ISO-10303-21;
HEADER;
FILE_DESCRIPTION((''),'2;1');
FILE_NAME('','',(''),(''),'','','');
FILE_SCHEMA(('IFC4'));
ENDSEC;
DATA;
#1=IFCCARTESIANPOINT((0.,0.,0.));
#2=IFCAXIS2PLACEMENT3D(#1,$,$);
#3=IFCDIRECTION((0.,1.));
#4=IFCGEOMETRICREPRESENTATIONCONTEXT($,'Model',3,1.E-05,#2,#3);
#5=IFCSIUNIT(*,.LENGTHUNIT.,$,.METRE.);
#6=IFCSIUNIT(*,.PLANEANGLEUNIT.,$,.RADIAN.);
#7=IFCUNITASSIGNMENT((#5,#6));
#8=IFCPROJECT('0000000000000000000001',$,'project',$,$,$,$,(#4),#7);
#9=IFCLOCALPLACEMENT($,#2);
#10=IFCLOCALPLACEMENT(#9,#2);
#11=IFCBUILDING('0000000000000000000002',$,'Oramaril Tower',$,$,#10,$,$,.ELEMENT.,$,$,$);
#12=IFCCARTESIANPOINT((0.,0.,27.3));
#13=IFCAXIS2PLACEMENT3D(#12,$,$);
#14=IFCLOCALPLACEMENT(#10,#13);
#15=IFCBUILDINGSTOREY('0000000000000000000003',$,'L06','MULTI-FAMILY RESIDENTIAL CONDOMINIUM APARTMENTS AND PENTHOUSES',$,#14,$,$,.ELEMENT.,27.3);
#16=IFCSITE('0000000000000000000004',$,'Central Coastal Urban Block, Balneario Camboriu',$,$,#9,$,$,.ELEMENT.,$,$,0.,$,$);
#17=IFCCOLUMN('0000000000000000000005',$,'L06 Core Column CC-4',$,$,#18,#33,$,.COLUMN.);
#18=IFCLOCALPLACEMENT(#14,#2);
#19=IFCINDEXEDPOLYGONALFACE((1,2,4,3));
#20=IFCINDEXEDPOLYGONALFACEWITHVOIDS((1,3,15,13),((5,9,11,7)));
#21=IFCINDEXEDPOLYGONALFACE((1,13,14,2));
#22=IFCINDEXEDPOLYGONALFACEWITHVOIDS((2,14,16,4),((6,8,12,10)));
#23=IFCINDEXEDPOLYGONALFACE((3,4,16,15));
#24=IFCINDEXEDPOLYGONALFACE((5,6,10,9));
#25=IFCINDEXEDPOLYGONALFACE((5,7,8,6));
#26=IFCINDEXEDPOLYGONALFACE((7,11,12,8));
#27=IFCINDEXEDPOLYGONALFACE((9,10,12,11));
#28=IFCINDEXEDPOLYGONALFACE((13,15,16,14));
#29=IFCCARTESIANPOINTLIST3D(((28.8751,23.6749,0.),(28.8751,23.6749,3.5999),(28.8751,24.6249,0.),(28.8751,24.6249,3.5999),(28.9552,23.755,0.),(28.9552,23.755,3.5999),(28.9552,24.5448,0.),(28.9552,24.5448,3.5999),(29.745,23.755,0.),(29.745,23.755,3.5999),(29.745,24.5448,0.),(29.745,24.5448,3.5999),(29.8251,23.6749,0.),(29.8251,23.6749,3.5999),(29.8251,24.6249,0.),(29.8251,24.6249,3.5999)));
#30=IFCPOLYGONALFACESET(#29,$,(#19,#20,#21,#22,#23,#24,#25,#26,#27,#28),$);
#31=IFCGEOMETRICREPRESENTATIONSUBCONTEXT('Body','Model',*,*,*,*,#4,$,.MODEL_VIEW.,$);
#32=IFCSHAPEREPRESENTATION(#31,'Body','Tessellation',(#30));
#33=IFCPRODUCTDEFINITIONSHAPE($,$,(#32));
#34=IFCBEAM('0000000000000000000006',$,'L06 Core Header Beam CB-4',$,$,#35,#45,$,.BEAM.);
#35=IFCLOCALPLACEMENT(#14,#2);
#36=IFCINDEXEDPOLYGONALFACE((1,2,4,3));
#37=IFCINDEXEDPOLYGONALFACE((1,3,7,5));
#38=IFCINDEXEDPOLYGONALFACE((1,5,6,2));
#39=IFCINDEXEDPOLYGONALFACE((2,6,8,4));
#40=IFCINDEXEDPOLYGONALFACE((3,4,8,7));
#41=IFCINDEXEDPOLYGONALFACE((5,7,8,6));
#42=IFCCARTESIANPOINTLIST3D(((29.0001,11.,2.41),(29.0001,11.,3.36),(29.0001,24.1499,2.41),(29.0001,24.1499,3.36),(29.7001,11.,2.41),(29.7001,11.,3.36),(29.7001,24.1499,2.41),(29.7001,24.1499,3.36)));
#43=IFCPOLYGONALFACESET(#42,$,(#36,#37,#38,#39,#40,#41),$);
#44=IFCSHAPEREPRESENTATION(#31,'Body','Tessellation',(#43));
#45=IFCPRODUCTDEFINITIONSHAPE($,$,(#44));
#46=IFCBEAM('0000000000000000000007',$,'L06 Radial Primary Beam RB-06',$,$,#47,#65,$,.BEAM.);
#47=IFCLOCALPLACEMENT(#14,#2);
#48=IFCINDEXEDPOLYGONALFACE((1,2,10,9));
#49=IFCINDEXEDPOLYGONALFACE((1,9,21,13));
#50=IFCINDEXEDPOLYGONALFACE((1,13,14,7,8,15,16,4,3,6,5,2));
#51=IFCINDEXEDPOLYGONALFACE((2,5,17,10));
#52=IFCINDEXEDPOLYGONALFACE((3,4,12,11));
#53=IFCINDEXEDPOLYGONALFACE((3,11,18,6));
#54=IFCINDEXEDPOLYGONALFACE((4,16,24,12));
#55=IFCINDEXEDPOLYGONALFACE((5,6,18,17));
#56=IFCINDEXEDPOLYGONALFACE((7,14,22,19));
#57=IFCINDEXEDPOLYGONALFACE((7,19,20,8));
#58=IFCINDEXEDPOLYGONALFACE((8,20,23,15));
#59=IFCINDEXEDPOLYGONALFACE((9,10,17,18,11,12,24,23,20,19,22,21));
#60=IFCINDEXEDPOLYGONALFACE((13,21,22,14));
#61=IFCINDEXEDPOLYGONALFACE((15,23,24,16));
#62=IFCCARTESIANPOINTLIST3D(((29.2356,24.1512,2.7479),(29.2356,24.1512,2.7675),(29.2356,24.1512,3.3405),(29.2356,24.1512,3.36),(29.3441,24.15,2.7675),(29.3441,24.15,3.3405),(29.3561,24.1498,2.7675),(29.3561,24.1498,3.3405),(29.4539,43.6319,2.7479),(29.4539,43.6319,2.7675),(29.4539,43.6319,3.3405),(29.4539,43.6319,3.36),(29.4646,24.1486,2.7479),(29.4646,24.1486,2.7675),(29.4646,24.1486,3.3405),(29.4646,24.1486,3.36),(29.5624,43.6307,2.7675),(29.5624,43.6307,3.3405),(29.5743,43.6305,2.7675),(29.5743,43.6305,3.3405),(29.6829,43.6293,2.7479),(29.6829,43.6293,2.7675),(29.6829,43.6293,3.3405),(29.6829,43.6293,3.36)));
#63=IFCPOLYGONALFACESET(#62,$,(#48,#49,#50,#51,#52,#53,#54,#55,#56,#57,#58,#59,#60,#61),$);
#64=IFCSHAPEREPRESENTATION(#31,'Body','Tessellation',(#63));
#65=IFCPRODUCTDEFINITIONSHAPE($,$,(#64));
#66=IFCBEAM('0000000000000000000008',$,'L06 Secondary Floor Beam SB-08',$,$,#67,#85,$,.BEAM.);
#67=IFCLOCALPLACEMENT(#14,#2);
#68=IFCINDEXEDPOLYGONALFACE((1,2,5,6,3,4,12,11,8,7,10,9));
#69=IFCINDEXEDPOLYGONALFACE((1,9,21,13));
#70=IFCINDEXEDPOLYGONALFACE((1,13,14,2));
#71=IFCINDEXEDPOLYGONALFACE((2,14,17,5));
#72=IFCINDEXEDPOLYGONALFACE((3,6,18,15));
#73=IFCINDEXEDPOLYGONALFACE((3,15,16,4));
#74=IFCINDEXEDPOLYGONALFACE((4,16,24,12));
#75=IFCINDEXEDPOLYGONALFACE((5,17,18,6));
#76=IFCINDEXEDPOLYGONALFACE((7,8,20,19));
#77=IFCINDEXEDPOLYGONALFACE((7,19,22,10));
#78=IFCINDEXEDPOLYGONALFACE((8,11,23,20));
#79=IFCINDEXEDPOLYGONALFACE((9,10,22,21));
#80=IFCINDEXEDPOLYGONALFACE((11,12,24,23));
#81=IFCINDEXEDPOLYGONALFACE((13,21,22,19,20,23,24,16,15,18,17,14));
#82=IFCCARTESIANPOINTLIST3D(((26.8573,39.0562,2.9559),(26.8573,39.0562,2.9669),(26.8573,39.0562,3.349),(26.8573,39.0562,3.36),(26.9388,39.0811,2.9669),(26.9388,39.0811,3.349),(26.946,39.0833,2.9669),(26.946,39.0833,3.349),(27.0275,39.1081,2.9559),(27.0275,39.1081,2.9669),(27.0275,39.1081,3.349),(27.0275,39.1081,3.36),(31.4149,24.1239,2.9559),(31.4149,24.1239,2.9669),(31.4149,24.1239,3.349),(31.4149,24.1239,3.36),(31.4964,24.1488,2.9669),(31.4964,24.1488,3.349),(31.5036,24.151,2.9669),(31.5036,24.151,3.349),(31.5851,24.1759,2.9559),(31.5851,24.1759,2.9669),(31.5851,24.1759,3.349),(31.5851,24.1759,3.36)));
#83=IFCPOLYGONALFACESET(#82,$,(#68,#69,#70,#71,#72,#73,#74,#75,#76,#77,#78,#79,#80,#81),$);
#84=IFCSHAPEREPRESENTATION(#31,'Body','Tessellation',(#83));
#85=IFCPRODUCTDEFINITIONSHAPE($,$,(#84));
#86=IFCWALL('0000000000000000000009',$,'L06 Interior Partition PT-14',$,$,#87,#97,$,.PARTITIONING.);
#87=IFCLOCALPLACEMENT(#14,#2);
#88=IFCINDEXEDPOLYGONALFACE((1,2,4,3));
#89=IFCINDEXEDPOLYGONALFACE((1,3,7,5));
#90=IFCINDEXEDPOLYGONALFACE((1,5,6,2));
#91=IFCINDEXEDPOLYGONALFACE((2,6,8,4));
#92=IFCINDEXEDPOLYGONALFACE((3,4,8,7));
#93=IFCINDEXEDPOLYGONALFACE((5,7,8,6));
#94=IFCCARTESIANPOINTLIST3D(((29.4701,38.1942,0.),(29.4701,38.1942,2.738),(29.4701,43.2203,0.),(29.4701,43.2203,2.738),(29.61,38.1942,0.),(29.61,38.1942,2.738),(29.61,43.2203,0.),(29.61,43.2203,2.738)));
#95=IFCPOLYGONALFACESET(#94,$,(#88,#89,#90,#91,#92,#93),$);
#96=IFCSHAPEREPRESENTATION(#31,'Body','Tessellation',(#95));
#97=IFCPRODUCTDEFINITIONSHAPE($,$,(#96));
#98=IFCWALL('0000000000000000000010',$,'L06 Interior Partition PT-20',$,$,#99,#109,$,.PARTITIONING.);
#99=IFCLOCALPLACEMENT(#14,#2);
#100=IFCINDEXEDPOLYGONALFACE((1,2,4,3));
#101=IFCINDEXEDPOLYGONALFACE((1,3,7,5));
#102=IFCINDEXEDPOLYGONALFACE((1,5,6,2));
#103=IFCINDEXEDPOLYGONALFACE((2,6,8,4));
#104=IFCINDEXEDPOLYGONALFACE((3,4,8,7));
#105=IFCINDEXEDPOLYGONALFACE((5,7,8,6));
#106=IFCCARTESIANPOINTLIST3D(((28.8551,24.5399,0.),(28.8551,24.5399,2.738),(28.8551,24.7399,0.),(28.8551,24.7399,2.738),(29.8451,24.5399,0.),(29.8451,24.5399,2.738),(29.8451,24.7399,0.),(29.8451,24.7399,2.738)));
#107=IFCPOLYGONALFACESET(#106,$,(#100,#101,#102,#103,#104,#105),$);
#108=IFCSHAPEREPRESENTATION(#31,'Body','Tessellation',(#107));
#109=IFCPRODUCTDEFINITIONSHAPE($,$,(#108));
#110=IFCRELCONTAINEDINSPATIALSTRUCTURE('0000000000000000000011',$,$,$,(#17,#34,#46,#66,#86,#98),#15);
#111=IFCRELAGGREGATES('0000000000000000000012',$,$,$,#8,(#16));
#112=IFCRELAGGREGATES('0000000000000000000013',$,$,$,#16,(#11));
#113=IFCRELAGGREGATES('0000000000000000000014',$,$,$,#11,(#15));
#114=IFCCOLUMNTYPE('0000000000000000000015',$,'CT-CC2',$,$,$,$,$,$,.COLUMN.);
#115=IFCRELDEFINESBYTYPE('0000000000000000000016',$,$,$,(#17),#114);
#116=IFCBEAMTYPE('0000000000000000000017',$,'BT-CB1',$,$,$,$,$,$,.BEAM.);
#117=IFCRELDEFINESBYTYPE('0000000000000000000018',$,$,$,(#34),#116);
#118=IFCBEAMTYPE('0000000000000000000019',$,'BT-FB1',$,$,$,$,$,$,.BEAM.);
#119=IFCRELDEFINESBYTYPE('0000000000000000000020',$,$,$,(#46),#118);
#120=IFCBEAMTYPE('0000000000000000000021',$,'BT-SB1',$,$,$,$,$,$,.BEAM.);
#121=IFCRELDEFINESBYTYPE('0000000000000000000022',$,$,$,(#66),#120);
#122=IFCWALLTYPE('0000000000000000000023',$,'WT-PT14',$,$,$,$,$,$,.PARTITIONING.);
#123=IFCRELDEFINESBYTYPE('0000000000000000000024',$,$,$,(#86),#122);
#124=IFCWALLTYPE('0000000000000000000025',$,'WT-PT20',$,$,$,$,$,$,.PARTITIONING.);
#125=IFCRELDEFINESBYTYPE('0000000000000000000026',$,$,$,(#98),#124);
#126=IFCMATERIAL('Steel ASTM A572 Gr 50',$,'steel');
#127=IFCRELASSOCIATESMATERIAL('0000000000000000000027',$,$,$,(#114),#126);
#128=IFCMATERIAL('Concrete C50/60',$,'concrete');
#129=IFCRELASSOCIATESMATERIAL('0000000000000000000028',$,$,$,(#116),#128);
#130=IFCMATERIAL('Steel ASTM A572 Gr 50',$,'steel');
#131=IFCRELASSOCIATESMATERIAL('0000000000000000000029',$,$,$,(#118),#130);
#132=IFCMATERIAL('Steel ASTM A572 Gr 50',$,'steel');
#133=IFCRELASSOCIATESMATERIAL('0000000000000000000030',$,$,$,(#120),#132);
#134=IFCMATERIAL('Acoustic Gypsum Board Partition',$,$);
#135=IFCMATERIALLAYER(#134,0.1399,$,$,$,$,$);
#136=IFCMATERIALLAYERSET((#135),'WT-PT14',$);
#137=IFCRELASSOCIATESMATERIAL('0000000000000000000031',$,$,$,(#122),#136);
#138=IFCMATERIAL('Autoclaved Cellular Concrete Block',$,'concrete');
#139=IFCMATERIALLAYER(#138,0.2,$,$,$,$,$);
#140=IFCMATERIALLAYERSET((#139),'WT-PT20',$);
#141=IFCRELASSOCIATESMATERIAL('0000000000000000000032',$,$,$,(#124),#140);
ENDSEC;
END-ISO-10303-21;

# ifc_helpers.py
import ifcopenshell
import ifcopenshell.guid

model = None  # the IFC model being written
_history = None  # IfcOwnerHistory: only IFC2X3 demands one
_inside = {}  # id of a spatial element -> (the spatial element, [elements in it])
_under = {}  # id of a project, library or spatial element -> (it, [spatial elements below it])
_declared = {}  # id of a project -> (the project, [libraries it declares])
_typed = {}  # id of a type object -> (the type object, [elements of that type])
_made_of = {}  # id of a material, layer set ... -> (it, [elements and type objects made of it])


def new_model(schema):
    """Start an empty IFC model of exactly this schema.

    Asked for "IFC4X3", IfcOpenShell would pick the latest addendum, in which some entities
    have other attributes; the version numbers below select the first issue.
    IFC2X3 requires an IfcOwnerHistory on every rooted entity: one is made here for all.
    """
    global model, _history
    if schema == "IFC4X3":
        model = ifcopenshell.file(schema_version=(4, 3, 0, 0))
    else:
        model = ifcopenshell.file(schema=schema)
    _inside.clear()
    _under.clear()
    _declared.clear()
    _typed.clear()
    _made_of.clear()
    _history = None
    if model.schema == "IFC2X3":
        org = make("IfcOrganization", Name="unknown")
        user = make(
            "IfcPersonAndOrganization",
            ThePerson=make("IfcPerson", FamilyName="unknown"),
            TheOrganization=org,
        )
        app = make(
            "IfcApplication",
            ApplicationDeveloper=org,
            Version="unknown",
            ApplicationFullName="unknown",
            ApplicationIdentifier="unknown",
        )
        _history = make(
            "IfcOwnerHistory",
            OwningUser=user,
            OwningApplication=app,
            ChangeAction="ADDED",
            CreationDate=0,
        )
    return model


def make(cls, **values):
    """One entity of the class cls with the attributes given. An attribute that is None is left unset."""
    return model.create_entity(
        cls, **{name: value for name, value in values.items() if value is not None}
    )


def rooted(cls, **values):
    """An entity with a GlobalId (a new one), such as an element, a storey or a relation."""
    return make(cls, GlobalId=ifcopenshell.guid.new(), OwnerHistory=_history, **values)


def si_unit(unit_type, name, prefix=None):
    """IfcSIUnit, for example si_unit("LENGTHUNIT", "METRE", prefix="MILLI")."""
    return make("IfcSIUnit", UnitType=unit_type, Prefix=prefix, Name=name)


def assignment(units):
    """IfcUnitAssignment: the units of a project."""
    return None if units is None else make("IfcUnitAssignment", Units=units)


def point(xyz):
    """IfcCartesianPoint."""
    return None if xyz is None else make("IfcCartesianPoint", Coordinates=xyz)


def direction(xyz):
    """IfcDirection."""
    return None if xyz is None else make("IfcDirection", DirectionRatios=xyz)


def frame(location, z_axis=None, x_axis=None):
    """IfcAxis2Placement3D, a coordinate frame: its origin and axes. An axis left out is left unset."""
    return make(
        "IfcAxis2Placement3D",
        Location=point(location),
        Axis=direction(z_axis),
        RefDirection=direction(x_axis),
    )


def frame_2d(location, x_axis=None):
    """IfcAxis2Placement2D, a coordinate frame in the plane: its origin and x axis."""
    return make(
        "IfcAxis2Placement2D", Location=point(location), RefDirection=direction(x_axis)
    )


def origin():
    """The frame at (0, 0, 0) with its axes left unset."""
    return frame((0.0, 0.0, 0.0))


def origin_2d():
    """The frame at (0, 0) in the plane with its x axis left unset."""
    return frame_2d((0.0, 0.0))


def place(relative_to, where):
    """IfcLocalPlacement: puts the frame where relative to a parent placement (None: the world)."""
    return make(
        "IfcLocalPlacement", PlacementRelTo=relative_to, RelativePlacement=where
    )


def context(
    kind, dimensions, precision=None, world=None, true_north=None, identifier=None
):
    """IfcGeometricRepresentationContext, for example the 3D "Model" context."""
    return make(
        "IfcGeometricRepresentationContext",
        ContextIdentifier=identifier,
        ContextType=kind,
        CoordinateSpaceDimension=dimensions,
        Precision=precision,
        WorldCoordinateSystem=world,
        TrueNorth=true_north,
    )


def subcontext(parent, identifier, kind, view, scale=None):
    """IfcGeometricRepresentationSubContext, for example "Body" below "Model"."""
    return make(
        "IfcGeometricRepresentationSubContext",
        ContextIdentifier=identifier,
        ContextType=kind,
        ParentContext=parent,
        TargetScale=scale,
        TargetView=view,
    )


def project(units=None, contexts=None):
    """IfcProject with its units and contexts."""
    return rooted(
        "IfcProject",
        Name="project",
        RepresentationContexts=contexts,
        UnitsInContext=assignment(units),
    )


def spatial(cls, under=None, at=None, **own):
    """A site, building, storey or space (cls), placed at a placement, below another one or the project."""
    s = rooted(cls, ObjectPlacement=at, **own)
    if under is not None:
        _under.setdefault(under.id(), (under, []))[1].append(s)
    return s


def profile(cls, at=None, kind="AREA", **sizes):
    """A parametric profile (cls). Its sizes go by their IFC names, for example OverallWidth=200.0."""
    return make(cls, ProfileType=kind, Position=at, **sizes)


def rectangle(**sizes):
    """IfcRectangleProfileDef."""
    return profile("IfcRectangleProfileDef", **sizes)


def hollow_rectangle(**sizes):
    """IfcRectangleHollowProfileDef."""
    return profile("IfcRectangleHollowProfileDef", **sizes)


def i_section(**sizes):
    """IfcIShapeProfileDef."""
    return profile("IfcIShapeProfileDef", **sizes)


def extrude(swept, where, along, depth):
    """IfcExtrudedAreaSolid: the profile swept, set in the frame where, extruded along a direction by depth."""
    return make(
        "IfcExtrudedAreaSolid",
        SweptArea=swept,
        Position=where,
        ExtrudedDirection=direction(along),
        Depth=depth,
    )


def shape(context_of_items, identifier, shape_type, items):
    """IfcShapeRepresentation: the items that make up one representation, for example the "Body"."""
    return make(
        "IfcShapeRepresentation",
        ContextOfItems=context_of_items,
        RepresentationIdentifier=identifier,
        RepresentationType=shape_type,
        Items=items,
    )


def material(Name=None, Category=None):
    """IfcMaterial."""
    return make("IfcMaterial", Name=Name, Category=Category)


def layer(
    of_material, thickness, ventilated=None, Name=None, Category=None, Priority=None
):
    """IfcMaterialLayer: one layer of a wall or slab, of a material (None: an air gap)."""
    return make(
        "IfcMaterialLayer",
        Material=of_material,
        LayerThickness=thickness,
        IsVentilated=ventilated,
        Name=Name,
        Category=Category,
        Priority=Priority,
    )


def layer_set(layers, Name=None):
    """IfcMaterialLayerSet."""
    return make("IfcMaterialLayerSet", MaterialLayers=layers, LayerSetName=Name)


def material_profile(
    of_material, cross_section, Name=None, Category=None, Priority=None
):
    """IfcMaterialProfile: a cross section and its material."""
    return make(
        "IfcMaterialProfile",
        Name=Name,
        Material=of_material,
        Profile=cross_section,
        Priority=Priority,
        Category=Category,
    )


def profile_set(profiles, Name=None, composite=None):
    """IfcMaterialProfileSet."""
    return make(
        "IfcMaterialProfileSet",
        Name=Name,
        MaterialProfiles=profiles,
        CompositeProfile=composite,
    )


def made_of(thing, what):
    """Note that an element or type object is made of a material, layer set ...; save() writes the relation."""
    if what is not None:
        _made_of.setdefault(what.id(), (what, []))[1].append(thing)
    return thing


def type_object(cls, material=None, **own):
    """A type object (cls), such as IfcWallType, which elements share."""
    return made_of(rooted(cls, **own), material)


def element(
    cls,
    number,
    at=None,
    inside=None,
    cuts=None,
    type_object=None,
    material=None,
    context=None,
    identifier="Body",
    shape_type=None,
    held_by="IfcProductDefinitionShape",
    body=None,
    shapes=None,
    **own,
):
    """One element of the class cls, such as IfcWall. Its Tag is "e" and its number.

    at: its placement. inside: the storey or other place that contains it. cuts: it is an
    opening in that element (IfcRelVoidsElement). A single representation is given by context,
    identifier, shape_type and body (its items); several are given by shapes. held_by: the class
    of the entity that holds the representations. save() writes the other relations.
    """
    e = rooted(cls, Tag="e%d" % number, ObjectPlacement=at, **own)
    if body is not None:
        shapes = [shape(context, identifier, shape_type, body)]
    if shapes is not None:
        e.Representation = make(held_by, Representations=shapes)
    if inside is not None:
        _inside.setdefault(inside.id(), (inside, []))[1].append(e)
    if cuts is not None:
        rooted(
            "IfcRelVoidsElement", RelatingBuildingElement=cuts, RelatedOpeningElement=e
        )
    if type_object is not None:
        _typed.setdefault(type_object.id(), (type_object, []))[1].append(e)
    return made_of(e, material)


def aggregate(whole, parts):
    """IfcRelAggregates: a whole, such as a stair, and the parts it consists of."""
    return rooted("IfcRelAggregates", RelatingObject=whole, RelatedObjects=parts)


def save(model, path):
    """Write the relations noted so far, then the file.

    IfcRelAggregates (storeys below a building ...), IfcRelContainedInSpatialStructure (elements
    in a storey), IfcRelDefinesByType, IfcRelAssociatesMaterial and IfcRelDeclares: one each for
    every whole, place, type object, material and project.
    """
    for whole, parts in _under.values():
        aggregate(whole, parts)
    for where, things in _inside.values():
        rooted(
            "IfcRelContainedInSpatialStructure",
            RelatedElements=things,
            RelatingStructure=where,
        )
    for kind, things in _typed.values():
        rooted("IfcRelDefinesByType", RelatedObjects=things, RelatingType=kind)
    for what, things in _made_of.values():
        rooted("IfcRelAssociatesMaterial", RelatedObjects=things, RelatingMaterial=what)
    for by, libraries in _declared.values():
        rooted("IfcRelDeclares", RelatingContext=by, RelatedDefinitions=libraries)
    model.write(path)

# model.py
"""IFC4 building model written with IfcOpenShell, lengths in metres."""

from ifc_helpers import new_model, si_unit, direction, frame, frame_2d, origin, origin_2d, place, context, subcontext, project, spatial, rectangle, hollow_rectangle, i_section, extrude, material, layer, layer_set, material_profile, profile_set, type_object, element, save


model = new_model("IFC4")

# Units and contexts
model_context = context("Model", 3, precision=1e-05, world=origin(), true_north=direction((0.0, 1.0)))
body_context = subcontext(model_context, "Body", "Model", "MODEL_VIEW")
ifc_project = project(units=[si_unit("LENGTHUNIT", "METRE"), si_unit("PLANEANGLEUNIT", "RADIAN")], contexts=[model_context])

# Site, building, storey
site_placement = place(None, origin())
site = spatial("IfcSite", under=ifc_project, at=site_placement, Name="Central Coastal Urban Block, Balneario Camboriu", CompositionType="ELEMENT", RefElevation=0.0)
building_placement = place(site_placement, origin())
building = spatial("IfcBuilding", under=site, at=building_placement, Name="Oramaril Tower", CompositionType="ELEMENT")
storey_placement = place(building_placement, frame((0.0, 0.0, 27.3)))
storey = spatial("IfcBuildingStorey", under=building, at=storey_placement, Name="L06", Description="MULTI-FAMILY RESIDENTIAL CONDOMINIUM APARTMENTS AND PENTHOUSES", CompositionType="ELEMENT", Elevation=27.3)

# Column
ifc_material_1 = material(Name="Steel ASTM A572 Gr 50", Category="steel")
ifc_material_profile_1 = material_profile(ifc_material_1, hollow_rectangle(XDim=0.95, YDim=0.95, WallThickness=0.0801, at=origin_2d()), Name="BOX950X950X80")
ifc_profile_set_1 = profile_set([ifc_material_profile_1], Name="Steel ASTM A572 Gr 50")
column_type = type_object("IfcColumnType", Name="CT-CC2", PredefinedType="COLUMN", material=ifc_profile_set_1)
column_placement = place(storey_placement, frame((29.3501, 24.1499, 0.0), z_axis=(0.0, 0.0, 1.0), x_axis=(1.0, 0.0, 0.0)))
element("IfcColumn", 1, at=column_placement, inside=storey, type_object=column_type, Name="L06 Core Column CC-4", PredefinedType="COLUMN", context=body_context, shape_type="SweptSolid", body=[
    extrude(hollow_rectangle(XDim=0.95, YDim=0.95, WallThickness=0.0801, at=origin_2d()), origin(), (0.0, 0.0, 1.0), 3.5999),
])

# Beams
ifc_material_2 = material(Name="Concrete C50/60", Category="concrete")
ifc_material_profile_2 = material_profile(ifc_material_2, rectangle(XDim=0.7, YDim=0.95, at=origin_2d()), Name="CB700X950")
ifc_profile_set_2 = profile_set([ifc_material_profile_2], Name="Concrete C50/60")
beam_type_1 = type_object("IfcBeamType", Name="BT-CB1", PredefinedType="BEAM", material=ifc_profile_set_2)
beam_1_placement = place(storey_placement, frame((29.3501, 24.1499, 2.885), z_axis=(0.0, -1.0, 0.0), x_axis=(1.0, 0.0, 0.0)))
element("IfcBeam", 2, at=beam_1_placement, inside=storey, type_object=beam_type_1, Name="L06 Core Header Beam CB-4", PredefinedType="BEAM", context=body_context, shape_type="SweptSolid", body=[
    extrude(rectangle(XDim=0.7, YDim=0.95, at=origin_2d()), origin(), (0.0, 0.0, 1.0), 13.1499),
])
ifc_material_3 = material(Name="Steel ASTM A572 Gr 50", Category="steel")
ifc_material_profile_3 = material_profile(ifc_material_3, i_section(OverallWidth=0.229, OverallDepth=0.6121, WebThickness=0.012, FlangeThickness=0.0195, at=origin_2d()), Name="W24X84")
ifc_profile_set_3 = profile_set([ifc_material_profile_3], Name="Steel ASTM A572 Gr 50")
beam_type_2 = type_object("IfcBeamType", Name="BT-FB1", PredefinedType="BEAM", material=ifc_profile_set_3)
beam_2_placement = place(storey_placement, frame((29.3501, 24.1499, 3.054), z_axis=(0.011203, 0.999937, 0.0), x_axis=(-0.999937, 0.011203, 0.0)))
element("IfcBeam", 3, at=beam_2_placement, inside=storey, type_object=beam_type_2, Name="L06 Radial Primary Beam RB-06", PredefinedType="BEAM", context=body_context, shape_type="SweptSolid", body=[
    extrude(i_section(OverallWidth=0.229, OverallDepth=0.6121, WebThickness=0.012, FlangeThickness=0.0195, at=origin_2d()), origin(), (0.0, 0.0, 1.0), 19.4819),
])
ifc_material_4 = material(Name="Steel ASTM A572 Gr 50", Category="steel")
ifc_material_profile_4 = material_profile(ifc_material_4, i_section(OverallWidth=0.178, OverallDepth=0.4041, WebThickness=0.0076, FlangeThickness=0.011, at=origin_2d()), Name="W16X36")
ifc_profile_set_4 = profile_set([ifc_material_profile_4], Name="Steel ASTM A572 Gr 50")
beam_type_3 = type_object("IfcBeamType", Name="BT-SB1", PredefinedType="BEAM", material=ifc_profile_set_4)
beam_3_placement = place(storey_placement, frame((31.5, 24.1499, 3.158), z_axis=(-0.291923, 0.956442, 0.0), x_axis=(-0.956442, -0.291923, 0.0)))
element("IfcBeam", 4, at=beam_3_placement, inside=storey, type_object=beam_type_3, Name="L06 Secondary Floor Beam SB-08", PredefinedType="BEAM", context=body_context, shape_type="SweptSolid", body=[
    extrude(i_section(OverallWidth=0.178, OverallDepth=0.4041, WebThickness=0.0076, FlangeThickness=0.011, at=origin_2d()), origin(), (0.0, 0.0, 1.0), 15.6123),
])

# Shared definitions
ifc_material_5 = material(Name="Acoustic Gypsum Board Partition")
ifc_layer_1 = layer(ifc_material_5, 0.1399)
ifc_layer_set_1 = layer_set([ifc_layer_1], Name="WT-PT14")
wall_type_1 = type_object("IfcWallType", Name="WT-PT14", PredefinedType="PARTITIONING", material=ifc_layer_set_1)

# Walls
wall_1_placement = place(storey_placement, frame((29.54, 38.1941, 0.0), z_axis=(0.0, 0.0, 1.0), x_axis=(0.0, 1.0, 0.0)))
element("IfcWall", 5, at=wall_1_placement, inside=storey, type_object=wall_type_1, Name="L06 Interior Partition PT-14", PredefinedType="PARTITIONING", context=body_context, shape_type="SweptSolid", body=[
    extrude(rectangle(XDim=5.0261, YDim=0.1399, at=frame_2d((2.5132, 0.0))), origin(), (0.0, 0.0, 1.0), 2.738),
])
ifc_material_6 = material(Name="Autoclaved Cellular Concrete Block", Category="concrete")
ifc_layer_2 = layer(ifc_material_6, 0.2)
ifc_layer_set_2 = layer_set([ifc_layer_2], Name="WT-PT20")
wall_type_2 = type_object("IfcWallType", Name="WT-PT20", PredefinedType="PARTITIONING", material=ifc_layer_set_2)
wall_2_placement = place(storey_placement, frame((28.855, 24.6399, 0.0), z_axis=(0.0, 0.0, 1.0), x_axis=(1.0, 0.0, 0.0)))
element("IfcWall", 6, at=wall_2_placement, inside=storey, type_object=wall_type_2, Name="L06 Interior Partition PT-20", PredefinedType="PARTITIONING", context=body_context, shape_type="SweptSolid", body=[
    extrude(rectangle(XDim=0.99, YDim=0.2, at=frame_2d((0.4951, 0.0))), origin(), (0.0, 0.0, 1.0), 2.738),
])

save(model, "model.ifc")
